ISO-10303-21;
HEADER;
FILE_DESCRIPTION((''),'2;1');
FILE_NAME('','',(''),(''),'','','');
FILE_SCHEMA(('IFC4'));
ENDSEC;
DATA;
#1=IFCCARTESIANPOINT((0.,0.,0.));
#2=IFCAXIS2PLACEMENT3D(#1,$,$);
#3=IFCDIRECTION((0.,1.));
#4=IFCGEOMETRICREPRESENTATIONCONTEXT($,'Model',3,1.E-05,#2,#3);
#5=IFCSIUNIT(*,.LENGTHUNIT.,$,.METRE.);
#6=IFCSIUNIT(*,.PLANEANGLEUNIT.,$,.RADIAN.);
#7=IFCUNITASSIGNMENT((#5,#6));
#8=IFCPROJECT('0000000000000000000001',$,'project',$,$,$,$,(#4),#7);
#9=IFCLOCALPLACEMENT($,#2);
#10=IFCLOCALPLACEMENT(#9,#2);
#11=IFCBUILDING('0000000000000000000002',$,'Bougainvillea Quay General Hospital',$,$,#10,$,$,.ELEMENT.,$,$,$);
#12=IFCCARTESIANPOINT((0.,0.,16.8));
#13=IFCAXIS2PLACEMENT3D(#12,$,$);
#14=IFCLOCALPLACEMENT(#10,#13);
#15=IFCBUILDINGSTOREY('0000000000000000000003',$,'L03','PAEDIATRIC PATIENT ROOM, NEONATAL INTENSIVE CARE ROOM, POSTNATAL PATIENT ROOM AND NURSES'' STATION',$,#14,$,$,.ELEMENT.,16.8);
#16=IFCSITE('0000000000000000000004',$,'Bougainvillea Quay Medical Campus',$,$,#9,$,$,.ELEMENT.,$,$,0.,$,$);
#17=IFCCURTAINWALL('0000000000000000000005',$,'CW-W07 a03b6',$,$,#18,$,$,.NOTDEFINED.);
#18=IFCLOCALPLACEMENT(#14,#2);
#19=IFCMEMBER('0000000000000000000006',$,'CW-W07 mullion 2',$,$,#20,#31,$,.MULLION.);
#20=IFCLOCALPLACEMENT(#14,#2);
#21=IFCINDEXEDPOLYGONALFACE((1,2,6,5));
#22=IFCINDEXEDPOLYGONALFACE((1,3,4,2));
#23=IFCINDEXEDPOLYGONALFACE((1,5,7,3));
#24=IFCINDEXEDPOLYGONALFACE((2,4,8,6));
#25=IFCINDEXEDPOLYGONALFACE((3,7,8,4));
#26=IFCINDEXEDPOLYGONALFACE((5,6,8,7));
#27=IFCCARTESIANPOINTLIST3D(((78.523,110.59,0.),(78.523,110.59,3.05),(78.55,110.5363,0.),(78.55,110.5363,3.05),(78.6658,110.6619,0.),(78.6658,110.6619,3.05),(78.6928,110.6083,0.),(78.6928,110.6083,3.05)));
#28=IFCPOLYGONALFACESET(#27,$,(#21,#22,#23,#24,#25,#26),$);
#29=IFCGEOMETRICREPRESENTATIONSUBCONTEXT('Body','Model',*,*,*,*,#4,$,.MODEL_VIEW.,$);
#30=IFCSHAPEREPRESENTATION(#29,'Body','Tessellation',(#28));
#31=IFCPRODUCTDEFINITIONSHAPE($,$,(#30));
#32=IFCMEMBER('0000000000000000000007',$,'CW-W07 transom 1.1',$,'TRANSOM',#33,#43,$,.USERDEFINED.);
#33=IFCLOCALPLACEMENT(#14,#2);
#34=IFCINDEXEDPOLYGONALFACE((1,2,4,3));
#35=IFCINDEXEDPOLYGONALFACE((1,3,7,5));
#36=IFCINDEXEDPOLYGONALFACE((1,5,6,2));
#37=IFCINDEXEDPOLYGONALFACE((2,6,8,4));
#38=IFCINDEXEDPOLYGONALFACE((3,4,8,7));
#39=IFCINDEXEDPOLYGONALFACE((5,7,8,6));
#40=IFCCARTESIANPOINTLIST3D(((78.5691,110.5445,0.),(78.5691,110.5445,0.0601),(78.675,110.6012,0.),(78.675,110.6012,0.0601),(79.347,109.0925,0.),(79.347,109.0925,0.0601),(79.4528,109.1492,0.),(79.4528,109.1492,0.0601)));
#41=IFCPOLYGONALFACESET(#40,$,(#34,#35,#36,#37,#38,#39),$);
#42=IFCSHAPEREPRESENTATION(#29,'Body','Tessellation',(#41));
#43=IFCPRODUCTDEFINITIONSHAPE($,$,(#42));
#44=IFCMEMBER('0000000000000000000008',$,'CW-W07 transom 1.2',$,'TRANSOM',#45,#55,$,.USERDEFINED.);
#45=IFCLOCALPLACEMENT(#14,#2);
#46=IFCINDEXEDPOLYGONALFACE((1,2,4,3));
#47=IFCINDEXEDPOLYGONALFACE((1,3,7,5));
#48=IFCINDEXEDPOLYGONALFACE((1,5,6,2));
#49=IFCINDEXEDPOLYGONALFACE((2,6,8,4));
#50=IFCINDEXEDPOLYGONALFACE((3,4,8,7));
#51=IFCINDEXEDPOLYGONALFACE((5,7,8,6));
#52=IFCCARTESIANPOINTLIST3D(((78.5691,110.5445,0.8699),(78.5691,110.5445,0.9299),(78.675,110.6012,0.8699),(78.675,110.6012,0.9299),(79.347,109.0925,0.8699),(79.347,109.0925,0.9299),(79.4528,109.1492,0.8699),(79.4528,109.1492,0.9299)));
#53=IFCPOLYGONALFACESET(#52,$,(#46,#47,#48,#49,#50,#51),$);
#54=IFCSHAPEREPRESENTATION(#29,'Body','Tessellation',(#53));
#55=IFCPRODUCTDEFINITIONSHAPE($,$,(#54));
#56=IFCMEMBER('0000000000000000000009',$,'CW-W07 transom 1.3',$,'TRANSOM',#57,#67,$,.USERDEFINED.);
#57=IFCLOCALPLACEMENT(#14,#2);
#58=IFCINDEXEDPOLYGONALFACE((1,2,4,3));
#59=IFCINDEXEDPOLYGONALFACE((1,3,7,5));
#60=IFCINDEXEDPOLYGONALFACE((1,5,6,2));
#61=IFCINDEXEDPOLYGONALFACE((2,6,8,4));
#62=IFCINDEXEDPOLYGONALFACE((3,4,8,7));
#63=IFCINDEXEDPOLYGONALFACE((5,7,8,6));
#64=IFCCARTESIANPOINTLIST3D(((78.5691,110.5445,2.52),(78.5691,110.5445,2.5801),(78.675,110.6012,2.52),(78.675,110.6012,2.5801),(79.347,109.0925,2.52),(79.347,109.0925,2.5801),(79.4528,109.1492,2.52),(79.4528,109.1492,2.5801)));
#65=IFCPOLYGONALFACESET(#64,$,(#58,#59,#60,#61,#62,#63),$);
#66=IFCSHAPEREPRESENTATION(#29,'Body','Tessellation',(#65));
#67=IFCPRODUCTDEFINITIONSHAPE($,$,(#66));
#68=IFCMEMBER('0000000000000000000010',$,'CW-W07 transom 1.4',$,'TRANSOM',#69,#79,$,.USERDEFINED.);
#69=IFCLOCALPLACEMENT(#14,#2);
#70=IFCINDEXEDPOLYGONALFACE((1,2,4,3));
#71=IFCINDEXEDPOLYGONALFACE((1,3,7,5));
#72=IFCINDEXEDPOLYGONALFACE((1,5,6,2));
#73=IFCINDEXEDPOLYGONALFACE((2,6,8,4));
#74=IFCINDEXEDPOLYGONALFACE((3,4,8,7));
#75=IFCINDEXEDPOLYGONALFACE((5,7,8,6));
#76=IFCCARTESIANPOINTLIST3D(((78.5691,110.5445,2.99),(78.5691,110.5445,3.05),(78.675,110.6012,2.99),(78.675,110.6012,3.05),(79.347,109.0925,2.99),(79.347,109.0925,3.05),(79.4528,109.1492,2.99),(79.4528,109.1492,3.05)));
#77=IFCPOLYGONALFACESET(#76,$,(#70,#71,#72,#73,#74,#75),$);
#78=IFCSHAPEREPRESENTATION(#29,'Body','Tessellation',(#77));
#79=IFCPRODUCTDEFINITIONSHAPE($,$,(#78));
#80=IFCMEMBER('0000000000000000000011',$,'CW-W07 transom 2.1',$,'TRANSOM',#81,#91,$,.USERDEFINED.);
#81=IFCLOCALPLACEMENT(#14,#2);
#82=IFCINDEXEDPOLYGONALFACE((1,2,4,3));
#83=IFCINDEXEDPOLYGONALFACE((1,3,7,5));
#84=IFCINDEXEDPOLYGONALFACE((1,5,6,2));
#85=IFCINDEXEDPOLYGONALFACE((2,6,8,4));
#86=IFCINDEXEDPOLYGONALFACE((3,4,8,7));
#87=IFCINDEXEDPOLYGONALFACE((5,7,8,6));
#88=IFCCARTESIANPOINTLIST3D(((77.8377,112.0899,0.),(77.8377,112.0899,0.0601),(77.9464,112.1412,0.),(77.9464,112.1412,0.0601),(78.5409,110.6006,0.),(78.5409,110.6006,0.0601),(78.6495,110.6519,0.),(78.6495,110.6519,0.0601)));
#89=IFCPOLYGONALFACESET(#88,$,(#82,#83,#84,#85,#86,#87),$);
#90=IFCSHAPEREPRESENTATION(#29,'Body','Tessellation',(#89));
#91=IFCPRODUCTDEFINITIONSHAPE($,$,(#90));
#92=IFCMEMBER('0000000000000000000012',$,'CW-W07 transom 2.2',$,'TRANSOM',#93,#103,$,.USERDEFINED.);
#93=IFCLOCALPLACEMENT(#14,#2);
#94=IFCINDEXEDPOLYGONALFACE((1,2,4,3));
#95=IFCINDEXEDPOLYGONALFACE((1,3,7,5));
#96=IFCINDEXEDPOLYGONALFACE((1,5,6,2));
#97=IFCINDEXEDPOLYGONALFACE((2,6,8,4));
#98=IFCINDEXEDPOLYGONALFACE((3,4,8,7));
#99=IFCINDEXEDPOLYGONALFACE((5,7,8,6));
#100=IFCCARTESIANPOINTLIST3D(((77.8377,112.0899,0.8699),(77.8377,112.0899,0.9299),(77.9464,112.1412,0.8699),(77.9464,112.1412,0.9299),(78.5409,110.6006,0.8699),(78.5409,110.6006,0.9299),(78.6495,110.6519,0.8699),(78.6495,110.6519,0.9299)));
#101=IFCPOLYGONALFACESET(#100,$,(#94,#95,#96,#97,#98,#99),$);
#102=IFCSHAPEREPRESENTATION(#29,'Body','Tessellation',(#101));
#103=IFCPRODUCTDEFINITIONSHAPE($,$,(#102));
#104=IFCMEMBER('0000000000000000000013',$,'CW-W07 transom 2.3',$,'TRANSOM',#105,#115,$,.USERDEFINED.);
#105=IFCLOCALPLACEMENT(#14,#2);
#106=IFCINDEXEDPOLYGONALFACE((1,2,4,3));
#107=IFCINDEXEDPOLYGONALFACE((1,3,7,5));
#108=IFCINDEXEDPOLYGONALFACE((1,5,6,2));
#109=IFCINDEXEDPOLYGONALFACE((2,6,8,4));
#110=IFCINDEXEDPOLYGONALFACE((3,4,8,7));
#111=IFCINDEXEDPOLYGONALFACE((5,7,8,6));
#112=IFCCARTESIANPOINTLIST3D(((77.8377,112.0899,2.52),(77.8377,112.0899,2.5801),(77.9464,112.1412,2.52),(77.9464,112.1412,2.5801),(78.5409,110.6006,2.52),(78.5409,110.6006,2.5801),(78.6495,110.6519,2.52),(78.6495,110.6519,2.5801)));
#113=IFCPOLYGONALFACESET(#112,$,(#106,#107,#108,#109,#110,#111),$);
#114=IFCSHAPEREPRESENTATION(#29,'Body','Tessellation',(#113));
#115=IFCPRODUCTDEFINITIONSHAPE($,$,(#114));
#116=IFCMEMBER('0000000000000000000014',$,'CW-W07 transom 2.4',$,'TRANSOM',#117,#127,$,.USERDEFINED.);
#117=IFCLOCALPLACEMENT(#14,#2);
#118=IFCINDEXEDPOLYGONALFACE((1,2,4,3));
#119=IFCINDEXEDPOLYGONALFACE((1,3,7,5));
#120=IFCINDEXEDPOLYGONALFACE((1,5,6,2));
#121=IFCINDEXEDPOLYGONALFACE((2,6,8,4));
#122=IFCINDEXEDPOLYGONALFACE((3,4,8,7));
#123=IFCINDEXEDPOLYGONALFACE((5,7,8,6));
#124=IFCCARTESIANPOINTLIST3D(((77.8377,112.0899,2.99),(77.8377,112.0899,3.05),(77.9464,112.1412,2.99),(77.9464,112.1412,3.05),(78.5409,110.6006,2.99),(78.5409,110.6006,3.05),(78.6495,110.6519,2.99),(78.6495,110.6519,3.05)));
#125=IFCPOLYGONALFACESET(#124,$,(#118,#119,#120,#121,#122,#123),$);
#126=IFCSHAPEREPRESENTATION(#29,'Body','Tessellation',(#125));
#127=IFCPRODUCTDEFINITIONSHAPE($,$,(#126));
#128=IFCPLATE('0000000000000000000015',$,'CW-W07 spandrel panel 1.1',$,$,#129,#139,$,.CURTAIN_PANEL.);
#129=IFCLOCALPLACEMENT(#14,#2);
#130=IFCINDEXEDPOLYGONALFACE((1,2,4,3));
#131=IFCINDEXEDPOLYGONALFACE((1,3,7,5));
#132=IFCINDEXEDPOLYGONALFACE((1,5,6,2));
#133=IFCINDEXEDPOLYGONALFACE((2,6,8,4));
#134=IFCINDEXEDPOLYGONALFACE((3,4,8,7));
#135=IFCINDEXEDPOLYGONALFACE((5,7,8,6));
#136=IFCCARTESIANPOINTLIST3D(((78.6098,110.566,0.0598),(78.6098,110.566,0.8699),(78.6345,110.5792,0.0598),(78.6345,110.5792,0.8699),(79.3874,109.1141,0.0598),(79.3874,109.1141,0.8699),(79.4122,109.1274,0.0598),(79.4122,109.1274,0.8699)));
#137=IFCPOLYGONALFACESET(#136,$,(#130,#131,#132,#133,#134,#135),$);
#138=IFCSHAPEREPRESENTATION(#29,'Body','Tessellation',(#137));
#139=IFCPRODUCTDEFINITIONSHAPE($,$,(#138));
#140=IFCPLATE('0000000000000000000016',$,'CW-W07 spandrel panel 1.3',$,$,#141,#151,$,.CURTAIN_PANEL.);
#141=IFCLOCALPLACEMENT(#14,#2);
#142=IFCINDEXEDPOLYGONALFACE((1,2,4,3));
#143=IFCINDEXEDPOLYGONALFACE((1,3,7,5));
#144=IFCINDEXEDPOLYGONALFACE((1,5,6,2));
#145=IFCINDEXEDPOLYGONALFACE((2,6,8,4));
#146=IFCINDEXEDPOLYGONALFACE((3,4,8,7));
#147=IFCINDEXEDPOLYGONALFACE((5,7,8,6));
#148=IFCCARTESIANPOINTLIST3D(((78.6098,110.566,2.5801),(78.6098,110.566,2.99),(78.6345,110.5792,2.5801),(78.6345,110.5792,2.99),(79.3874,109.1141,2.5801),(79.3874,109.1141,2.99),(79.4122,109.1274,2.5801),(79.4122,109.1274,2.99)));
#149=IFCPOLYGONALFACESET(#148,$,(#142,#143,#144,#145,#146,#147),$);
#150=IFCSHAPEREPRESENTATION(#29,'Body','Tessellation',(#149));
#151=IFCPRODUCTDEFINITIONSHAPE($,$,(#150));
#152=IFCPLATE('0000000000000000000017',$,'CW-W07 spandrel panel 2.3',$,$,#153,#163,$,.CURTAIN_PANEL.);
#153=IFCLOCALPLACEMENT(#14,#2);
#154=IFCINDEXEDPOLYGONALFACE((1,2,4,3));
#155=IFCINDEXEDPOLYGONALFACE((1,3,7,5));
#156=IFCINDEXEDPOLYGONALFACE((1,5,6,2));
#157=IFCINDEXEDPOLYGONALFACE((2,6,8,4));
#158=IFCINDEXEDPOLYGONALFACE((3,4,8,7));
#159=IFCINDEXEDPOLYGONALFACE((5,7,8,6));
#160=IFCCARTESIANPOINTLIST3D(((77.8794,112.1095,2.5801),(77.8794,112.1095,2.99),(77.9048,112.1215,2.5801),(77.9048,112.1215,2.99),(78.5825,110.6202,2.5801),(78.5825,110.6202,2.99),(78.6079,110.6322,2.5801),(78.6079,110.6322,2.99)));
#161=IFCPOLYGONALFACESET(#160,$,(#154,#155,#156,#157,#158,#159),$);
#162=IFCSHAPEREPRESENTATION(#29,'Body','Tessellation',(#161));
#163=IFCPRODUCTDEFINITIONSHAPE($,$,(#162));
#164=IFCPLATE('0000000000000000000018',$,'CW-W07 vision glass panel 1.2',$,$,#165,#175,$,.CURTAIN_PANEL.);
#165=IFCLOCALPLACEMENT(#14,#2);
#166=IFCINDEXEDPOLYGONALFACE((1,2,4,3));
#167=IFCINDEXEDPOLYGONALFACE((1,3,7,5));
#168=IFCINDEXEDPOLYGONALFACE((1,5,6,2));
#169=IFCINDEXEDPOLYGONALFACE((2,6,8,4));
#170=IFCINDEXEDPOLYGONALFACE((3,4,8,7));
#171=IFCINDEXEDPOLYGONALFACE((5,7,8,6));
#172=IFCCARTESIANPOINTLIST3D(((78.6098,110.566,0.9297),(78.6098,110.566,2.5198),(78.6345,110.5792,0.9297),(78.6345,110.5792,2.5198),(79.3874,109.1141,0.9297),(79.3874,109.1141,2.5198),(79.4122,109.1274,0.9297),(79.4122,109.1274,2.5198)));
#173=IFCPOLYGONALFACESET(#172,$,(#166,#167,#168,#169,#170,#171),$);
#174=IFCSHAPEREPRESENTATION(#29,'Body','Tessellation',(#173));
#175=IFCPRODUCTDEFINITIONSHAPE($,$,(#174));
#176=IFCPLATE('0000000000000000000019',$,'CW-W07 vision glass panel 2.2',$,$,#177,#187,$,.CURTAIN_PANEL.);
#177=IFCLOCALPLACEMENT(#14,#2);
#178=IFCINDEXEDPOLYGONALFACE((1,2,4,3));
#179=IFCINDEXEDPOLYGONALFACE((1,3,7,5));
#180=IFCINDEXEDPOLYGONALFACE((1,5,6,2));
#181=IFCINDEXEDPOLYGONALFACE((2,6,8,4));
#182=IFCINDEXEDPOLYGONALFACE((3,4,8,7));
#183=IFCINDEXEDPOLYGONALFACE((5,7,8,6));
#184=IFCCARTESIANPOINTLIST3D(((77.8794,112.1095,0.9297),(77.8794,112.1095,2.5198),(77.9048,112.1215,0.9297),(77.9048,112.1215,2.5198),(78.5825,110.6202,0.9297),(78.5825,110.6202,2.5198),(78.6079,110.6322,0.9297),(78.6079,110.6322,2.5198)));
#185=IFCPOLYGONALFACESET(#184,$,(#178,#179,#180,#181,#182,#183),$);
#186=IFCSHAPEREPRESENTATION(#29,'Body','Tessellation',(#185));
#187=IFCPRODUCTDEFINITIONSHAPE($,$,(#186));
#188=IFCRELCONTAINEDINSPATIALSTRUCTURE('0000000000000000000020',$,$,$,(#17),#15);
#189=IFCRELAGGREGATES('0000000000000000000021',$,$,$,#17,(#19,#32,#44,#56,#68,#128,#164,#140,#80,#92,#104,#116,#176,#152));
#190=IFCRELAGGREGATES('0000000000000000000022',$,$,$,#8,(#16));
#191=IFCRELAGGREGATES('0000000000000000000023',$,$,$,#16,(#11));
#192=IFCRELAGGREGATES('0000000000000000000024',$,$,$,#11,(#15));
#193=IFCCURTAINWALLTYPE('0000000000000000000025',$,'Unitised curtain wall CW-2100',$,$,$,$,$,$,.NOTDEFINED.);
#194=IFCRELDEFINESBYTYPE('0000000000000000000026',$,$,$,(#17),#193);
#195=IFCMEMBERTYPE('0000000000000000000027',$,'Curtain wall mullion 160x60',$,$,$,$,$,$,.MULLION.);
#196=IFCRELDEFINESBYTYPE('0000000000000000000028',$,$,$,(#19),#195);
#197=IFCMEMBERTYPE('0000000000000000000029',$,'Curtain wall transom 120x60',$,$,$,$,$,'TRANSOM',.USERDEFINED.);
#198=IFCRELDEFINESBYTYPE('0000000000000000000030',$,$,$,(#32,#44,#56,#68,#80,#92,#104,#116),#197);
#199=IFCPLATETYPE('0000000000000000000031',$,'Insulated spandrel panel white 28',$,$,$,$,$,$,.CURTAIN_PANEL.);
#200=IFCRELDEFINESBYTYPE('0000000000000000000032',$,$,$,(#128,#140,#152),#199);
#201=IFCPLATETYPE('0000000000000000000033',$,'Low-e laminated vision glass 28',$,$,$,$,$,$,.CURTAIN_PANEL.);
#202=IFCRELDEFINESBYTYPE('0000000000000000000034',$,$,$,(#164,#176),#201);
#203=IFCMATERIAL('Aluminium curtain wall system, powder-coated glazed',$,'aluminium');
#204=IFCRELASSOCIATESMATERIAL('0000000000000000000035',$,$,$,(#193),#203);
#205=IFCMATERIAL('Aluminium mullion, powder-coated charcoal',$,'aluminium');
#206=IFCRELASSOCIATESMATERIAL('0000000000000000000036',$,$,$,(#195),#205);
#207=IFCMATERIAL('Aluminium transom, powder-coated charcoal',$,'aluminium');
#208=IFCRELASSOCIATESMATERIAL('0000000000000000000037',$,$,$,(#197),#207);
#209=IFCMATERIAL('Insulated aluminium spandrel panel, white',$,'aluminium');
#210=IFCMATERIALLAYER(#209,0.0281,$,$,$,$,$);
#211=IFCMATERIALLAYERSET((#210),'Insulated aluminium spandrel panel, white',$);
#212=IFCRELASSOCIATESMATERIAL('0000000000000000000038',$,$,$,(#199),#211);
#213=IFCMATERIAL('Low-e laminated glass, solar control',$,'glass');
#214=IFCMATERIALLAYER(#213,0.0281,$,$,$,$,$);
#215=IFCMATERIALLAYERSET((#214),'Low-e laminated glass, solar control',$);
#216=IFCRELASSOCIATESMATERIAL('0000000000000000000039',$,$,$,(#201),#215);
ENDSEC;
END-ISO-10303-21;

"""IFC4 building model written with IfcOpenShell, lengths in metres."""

from ifc_helpers import new_model, si_unit, direction, frame, origin, origin_2d, place, context, subcontext, project, spatial, rectangle, extrude, material, layer, layer_set, material_profile, profile_set, type_object, element, aggregate, save


model = new_model("IFC4")

# Units and contexts
model_context = context("Model", 3, precision=1e-05, world=origin(), true_north=direction((0.0, 1.0)))
body_context = subcontext(model_context, "Body", "Model", "MODEL_VIEW")
ifc_project = project(units=[si_unit("LENGTHUNIT", "METRE"), si_unit("PLANEANGLEUNIT", "RADIAN")], contexts=[model_context])

# Site, building, storey
site_placement = place(None, origin())
site = spatial("IfcSite", under=ifc_project, at=site_placement, Name="Bougainvillea Quay Medical Campus", CompositionType="ELEMENT", RefElevation=0.0)
building_placement = place(site_placement, origin())
building = spatial("IfcBuilding", under=site, at=building_placement, Name="Bougainvillea Quay General Hospital", CompositionType="ELEMENT")
storey_placement = place(building_placement, frame((0.0, 0.0, 16.8)))
storey = spatial("IfcBuildingStorey", under=building, at=storey_placement, Name="L03", Description="PAEDIATRIC PATIENT ROOM, NEONATAL INTENSIVE CARE ROOM, POSTNATAL PATIENT ROOM AND NURSES' STATION", CompositionType="ELEMENT", Elevation=16.8)

# Curtain wall, members, plates
ifc_material_1 = material(Name="Aluminium curtain wall system, powder-coated glazed", Category="aluminium")
curtain_wall_type = type_object("IfcCurtainWallType", Name="Unitised curtain wall CW-2100", PredefinedType="NOTDEFINED", material=ifc_material_1)
curtain_wall_placement = place(storey_placement, origin())
curtain_wall = element("IfcCurtainWall", 1, at=curtain_wall_placement, inside=storey, type_object=curtain_wall_type, Name="CW-W07 a03b6", PredefinedType="NOTDEFINED")
ifc_material_2 = material(Name="Aluminium mullion, powder-coated charcoal", Category="aluminium")
ifc_material_profile_1 = material_profile(ifc_material_2, rectangle(XDim=0.1599, YDim=0.0601, at=origin_2d()))
ifc_profile_set_1 = profile_set([ifc_material_profile_1], Name="Aluminium mullion, powder-coated charcoal")
member_type_1 = type_object("IfcMemberType", Name="Curtain wall mullion 160x60", PredefinedType="MULLION", material=ifc_profile_set_1)
member_1_placement = place(storey_placement, frame((78.6079, 110.5991, 0.0), z_axis=(0.0, 0.0, 1.0), x_axis=(-0.893199, -0.449662, 0.0)))
member_1 = element("IfcMember", 2, at=member_1_placement, type_object=member_type_1, Name="CW-W07 mullion 2", PredefinedType="MULLION", context=body_context, shape_type="SweptSolid", body=[
    extrude(rectangle(XDim=0.1599, YDim=0.0601, at=origin_2d()), origin(), (0.0, 0.0, 1.0), 3.05),
])
ifc_material_3 = material(Name="Aluminium transom, powder-coated charcoal", Category="aluminium")
ifc_material_profile_2 = material_profile(ifc_material_3, rectangle(XDim=0.1201, YDim=0.0601, at=origin_2d()))
ifc_profile_set_2 = profile_set([ifc_material_profile_2], Name="Aluminium transom, powder-coated charcoal")
member_type_2 = type_object("IfcMemberType", Name="Curtain wall transom 120x60", ElementType="TRANSOM", PredefinedType="USERDEFINED", material=ifc_profile_set_2)
member_2_placement = place(storey_placement, frame((79.3999, 109.1208, 0.03), z_axis=(-0.472234, 0.881473, 0.0), x_axis=(-0.881473, -0.472234, 0.0)))
member_2 = element("IfcMember", 3, at=member_2_placement, type_object=member_type_2, Name="CW-W07 transom 1.1", ObjectType="TRANSOM", PredefinedType="USERDEFINED", context=body_context, shape_type="SweptSolid", body=[
    extrude(rectangle(XDim=0.1201, YDim=0.0601, at=origin_2d()), origin(), (0.0, 0.0, 1.0), 1.6472),
])
member_3_placement = place(storey_placement, frame((79.3999, 109.1208, 0.8999), z_axis=(-0.472234, 0.881473, 0.0), x_axis=(-0.881473, -0.472234, 0.0)))
member_3 = element("IfcMember", 4, at=member_3_placement, type_object=member_type_2, Name="CW-W07 transom 1.2", ObjectType="TRANSOM", PredefinedType="USERDEFINED", context=body_context, shape_type="SweptSolid", body=[
    extrude(rectangle(XDim=0.1201, YDim=0.0601, at=origin_2d()), origin(), (0.0, 0.0, 1.0), 1.6472),
])
member_4_placement = place(storey_placement, frame((79.3999, 109.1208, 2.55), z_axis=(-0.472234, 0.881473, 0.0), x_axis=(-0.881473, -0.472234, 0.0)))
member_4 = element("IfcMember", 5, at=member_4_placement, type_object=member_type_2, Name="CW-W07 transom 1.3", ObjectType="TRANSOM", PredefinedType="USERDEFINED", context=body_context, shape_type="SweptSolid", body=[
    extrude(rectangle(XDim=0.1201, YDim=0.0601, at=origin_2d()), origin(), (0.0, 0.0, 1.0), 1.6472),
])
member_5_placement = place(storey_placement, frame((79.3999, 109.1208, 3.02), z_axis=(-0.472234, 0.881473, 0.0), x_axis=(-0.881473, -0.472234, 0.0)))
member_5 = element("IfcMember", 6, at=member_5_placement, type_object=member_type_2, Name="CW-W07 transom 1.4", ObjectType="TRANSOM", PredefinedType="USERDEFINED", context=body_context, shape_type="SweptSolid", body=[
    extrude(rectangle(XDim=0.1201, YDim=0.0601, at=origin_2d()), origin(), (0.0, 0.0, 1.0), 1.6472),
])
member_6_placement = place(storey_placement, frame((78.5952, 110.6262, 0.03), z_axis=(-0.426939, 0.90428, 0.0), x_axis=(-0.90428, -0.426939, 0.0)))
member_6 = element("IfcMember", 7, at=member_6_placement, type_object=member_type_2, Name="CW-W07 transom 2.1", ObjectType="TRANSOM", PredefinedType="USERDEFINED", context=body_context, shape_type="SweptSolid", body=[
    extrude(rectangle(XDim=0.1201, YDim=0.0601, at=origin_2d()), origin(), (0.0, 0.0, 1.0), 1.647),
])
member_7_placement = place(storey_placement, frame((78.5952, 110.6262, 0.8999), z_axis=(-0.426939, 0.90428, 0.0), x_axis=(-0.90428, -0.426939, 0.0)))
member_7 = element("IfcMember", 8, at=member_7_placement, type_object=member_type_2, Name="CW-W07 transom 2.2", ObjectType="TRANSOM", PredefinedType="USERDEFINED", context=body_context, shape_type="SweptSolid", body=[
    extrude(rectangle(XDim=0.1201, YDim=0.0601, at=origin_2d()), origin(), (0.0, 0.0, 1.0), 1.647),
])
member_8_placement = place(storey_placement, frame((78.5952, 110.6262, 2.55), z_axis=(-0.426939, 0.90428, 0.0), x_axis=(-0.90428, -0.426939, 0.0)))
member_8 = element("IfcMember", 9, at=member_8_placement, type_object=member_type_2, Name="CW-W07 transom 2.3", ObjectType="TRANSOM", PredefinedType="USERDEFINED", context=body_context, shape_type="SweptSolid", body=[
    extrude(rectangle(XDim=0.1201, YDim=0.0601, at=origin_2d()), origin(), (0.0, 0.0, 1.0), 1.647),
])
member_9_placement = place(storey_placement, frame((78.5952, 110.6262, 3.02), z_axis=(-0.426939, 0.90428, 0.0), x_axis=(-0.90428, -0.426939, 0.0)))
member_9 = element("IfcMember", 10, at=member_9_placement, type_object=member_type_2, Name="CW-W07 transom 2.4", ObjectType="TRANSOM", PredefinedType="USERDEFINED", context=body_context, shape_type="SweptSolid", body=[
    extrude(rectangle(XDim=0.1201, YDim=0.0601, at=origin_2d()), origin(), (0.0, 0.0, 1.0), 1.647),
])
ifc_material_4 = material(Name="Insulated aluminium spandrel panel, white", Category="aluminium")
ifc_layer_1 = layer(ifc_material_4, 0.0281)
ifc_layer_set_1 = layer_set([ifc_layer_1], Name="Insulated aluminium spandrel panel, white")
plate_type_1 = type_object("IfcPlateType", Name="Insulated spandrel panel white 28", PredefinedType="CURTAIN_PANEL", material=ifc_layer_set_1)
plate_1_placement = place(storey_placement, frame((79.011, 109.8467, 0.0598), z_axis=(0.0, 0.0, 1.0), x_axis=(-0.472166, 0.88151, 0.0)))
plate_1 = element("IfcPlate", 11, at=plate_1_placement, type_object=plate_type_1, Name="CW-W07 spandrel panel 1.1", PredefinedType="CURTAIN_PANEL", context=body_context, shape_type="SweptSolid", body=[
    extrude(rectangle(XDim=1.647, YDim=0.0281, at=origin_2d()), origin(), (0.0, 0.0, 1.0), 0.8101),
])
plate_2_placement = place(storey_placement, frame((79.011, 109.8467, 2.5801), z_axis=(0.0, 0.0, 1.0), x_axis=(-0.472166, 0.88151, 0.0)))
plate_2 = element("IfcPlate", 12, at=plate_2_placement, type_object=plate_type_1, Name="CW-W07 spandrel panel 1.3", PredefinedType="CURTAIN_PANEL", context=body_context, shape_type="SweptSolid", body=[
    extrude(rectangle(XDim=1.647, YDim=0.0281, at=origin_2d()), origin(), (0.0, 0.0, 1.0), 0.4099),
])
plate_3_placement = place(storey_placement, frame((78.2437, 111.3708, 2.5801), z_axis=(0.0, 0.0, 1.0), x_axis=(-0.426869, 0.904314, 0.0)))
plate_3 = element("IfcPlate", 13, at=plate_3_placement, type_object=plate_type_1, Name="CW-W07 spandrel panel 2.3", PredefinedType="CURTAIN_PANEL", context=body_context, shape_type="SweptSolid", body=[
    extrude(rectangle(XDim=1.647, YDim=0.0281, at=origin_2d()), origin(), (0.0, 0.0, 1.0), 0.4099),
])
ifc_material_5 = material(Name="Low-e laminated glass, solar control", Category="glass")
ifc_layer_2 = layer(ifc_material_5, 0.0281)
ifc_layer_set_2 = layer_set([ifc_layer_2], Name="Low-e laminated glass, solar control")
plate_type_2 = type_object("IfcPlateType", Name="Low-e laminated vision glass 28", PredefinedType="CURTAIN_PANEL", material=ifc_layer_set_2)
plate_4_placement = place(storey_placement, frame((79.011, 109.8467, 0.9297), z_axis=(0.0, 0.0, 1.0), x_axis=(-0.472166, 0.88151, 0.0)))
plate_4 = element("IfcPlate", 14, at=plate_4_placement, type_object=plate_type_2, Name="CW-W07 vision glass panel 1.2", PredefinedType="CURTAIN_PANEL", context=body_context, shape_type="SweptSolid", body=[
    extrude(rectangle(XDim=1.647, YDim=0.0281, at=origin_2d()), origin(), (0.0, 0.0, 1.0), 1.5901),
])
plate_5_placement = place(storey_placement, frame((78.2437, 111.3708, 0.9297), z_axis=(0.0, 0.0, 1.0), x_axis=(-0.426869, 0.904314, 0.0)))
plate_5 = element("IfcPlate", 15, at=plate_5_placement, type_object=plate_type_2, Name="CW-W07 vision glass panel 2.2", PredefinedType="CURTAIN_PANEL", context=body_context, shape_type="SweptSolid", body=[
    extrude(rectangle(XDim=1.647, YDim=0.0281, at=origin_2d()), origin(), (0.0, 0.0, 1.0), 1.5901),
])
aggregate(curtain_wall, [member_1, member_2, member_3, member_4, member_5, plate_1, plate_4, plate_2, member_6, member_7, member_8, member_9, plate_5, plate_3])

save(model, "model.ifc")
